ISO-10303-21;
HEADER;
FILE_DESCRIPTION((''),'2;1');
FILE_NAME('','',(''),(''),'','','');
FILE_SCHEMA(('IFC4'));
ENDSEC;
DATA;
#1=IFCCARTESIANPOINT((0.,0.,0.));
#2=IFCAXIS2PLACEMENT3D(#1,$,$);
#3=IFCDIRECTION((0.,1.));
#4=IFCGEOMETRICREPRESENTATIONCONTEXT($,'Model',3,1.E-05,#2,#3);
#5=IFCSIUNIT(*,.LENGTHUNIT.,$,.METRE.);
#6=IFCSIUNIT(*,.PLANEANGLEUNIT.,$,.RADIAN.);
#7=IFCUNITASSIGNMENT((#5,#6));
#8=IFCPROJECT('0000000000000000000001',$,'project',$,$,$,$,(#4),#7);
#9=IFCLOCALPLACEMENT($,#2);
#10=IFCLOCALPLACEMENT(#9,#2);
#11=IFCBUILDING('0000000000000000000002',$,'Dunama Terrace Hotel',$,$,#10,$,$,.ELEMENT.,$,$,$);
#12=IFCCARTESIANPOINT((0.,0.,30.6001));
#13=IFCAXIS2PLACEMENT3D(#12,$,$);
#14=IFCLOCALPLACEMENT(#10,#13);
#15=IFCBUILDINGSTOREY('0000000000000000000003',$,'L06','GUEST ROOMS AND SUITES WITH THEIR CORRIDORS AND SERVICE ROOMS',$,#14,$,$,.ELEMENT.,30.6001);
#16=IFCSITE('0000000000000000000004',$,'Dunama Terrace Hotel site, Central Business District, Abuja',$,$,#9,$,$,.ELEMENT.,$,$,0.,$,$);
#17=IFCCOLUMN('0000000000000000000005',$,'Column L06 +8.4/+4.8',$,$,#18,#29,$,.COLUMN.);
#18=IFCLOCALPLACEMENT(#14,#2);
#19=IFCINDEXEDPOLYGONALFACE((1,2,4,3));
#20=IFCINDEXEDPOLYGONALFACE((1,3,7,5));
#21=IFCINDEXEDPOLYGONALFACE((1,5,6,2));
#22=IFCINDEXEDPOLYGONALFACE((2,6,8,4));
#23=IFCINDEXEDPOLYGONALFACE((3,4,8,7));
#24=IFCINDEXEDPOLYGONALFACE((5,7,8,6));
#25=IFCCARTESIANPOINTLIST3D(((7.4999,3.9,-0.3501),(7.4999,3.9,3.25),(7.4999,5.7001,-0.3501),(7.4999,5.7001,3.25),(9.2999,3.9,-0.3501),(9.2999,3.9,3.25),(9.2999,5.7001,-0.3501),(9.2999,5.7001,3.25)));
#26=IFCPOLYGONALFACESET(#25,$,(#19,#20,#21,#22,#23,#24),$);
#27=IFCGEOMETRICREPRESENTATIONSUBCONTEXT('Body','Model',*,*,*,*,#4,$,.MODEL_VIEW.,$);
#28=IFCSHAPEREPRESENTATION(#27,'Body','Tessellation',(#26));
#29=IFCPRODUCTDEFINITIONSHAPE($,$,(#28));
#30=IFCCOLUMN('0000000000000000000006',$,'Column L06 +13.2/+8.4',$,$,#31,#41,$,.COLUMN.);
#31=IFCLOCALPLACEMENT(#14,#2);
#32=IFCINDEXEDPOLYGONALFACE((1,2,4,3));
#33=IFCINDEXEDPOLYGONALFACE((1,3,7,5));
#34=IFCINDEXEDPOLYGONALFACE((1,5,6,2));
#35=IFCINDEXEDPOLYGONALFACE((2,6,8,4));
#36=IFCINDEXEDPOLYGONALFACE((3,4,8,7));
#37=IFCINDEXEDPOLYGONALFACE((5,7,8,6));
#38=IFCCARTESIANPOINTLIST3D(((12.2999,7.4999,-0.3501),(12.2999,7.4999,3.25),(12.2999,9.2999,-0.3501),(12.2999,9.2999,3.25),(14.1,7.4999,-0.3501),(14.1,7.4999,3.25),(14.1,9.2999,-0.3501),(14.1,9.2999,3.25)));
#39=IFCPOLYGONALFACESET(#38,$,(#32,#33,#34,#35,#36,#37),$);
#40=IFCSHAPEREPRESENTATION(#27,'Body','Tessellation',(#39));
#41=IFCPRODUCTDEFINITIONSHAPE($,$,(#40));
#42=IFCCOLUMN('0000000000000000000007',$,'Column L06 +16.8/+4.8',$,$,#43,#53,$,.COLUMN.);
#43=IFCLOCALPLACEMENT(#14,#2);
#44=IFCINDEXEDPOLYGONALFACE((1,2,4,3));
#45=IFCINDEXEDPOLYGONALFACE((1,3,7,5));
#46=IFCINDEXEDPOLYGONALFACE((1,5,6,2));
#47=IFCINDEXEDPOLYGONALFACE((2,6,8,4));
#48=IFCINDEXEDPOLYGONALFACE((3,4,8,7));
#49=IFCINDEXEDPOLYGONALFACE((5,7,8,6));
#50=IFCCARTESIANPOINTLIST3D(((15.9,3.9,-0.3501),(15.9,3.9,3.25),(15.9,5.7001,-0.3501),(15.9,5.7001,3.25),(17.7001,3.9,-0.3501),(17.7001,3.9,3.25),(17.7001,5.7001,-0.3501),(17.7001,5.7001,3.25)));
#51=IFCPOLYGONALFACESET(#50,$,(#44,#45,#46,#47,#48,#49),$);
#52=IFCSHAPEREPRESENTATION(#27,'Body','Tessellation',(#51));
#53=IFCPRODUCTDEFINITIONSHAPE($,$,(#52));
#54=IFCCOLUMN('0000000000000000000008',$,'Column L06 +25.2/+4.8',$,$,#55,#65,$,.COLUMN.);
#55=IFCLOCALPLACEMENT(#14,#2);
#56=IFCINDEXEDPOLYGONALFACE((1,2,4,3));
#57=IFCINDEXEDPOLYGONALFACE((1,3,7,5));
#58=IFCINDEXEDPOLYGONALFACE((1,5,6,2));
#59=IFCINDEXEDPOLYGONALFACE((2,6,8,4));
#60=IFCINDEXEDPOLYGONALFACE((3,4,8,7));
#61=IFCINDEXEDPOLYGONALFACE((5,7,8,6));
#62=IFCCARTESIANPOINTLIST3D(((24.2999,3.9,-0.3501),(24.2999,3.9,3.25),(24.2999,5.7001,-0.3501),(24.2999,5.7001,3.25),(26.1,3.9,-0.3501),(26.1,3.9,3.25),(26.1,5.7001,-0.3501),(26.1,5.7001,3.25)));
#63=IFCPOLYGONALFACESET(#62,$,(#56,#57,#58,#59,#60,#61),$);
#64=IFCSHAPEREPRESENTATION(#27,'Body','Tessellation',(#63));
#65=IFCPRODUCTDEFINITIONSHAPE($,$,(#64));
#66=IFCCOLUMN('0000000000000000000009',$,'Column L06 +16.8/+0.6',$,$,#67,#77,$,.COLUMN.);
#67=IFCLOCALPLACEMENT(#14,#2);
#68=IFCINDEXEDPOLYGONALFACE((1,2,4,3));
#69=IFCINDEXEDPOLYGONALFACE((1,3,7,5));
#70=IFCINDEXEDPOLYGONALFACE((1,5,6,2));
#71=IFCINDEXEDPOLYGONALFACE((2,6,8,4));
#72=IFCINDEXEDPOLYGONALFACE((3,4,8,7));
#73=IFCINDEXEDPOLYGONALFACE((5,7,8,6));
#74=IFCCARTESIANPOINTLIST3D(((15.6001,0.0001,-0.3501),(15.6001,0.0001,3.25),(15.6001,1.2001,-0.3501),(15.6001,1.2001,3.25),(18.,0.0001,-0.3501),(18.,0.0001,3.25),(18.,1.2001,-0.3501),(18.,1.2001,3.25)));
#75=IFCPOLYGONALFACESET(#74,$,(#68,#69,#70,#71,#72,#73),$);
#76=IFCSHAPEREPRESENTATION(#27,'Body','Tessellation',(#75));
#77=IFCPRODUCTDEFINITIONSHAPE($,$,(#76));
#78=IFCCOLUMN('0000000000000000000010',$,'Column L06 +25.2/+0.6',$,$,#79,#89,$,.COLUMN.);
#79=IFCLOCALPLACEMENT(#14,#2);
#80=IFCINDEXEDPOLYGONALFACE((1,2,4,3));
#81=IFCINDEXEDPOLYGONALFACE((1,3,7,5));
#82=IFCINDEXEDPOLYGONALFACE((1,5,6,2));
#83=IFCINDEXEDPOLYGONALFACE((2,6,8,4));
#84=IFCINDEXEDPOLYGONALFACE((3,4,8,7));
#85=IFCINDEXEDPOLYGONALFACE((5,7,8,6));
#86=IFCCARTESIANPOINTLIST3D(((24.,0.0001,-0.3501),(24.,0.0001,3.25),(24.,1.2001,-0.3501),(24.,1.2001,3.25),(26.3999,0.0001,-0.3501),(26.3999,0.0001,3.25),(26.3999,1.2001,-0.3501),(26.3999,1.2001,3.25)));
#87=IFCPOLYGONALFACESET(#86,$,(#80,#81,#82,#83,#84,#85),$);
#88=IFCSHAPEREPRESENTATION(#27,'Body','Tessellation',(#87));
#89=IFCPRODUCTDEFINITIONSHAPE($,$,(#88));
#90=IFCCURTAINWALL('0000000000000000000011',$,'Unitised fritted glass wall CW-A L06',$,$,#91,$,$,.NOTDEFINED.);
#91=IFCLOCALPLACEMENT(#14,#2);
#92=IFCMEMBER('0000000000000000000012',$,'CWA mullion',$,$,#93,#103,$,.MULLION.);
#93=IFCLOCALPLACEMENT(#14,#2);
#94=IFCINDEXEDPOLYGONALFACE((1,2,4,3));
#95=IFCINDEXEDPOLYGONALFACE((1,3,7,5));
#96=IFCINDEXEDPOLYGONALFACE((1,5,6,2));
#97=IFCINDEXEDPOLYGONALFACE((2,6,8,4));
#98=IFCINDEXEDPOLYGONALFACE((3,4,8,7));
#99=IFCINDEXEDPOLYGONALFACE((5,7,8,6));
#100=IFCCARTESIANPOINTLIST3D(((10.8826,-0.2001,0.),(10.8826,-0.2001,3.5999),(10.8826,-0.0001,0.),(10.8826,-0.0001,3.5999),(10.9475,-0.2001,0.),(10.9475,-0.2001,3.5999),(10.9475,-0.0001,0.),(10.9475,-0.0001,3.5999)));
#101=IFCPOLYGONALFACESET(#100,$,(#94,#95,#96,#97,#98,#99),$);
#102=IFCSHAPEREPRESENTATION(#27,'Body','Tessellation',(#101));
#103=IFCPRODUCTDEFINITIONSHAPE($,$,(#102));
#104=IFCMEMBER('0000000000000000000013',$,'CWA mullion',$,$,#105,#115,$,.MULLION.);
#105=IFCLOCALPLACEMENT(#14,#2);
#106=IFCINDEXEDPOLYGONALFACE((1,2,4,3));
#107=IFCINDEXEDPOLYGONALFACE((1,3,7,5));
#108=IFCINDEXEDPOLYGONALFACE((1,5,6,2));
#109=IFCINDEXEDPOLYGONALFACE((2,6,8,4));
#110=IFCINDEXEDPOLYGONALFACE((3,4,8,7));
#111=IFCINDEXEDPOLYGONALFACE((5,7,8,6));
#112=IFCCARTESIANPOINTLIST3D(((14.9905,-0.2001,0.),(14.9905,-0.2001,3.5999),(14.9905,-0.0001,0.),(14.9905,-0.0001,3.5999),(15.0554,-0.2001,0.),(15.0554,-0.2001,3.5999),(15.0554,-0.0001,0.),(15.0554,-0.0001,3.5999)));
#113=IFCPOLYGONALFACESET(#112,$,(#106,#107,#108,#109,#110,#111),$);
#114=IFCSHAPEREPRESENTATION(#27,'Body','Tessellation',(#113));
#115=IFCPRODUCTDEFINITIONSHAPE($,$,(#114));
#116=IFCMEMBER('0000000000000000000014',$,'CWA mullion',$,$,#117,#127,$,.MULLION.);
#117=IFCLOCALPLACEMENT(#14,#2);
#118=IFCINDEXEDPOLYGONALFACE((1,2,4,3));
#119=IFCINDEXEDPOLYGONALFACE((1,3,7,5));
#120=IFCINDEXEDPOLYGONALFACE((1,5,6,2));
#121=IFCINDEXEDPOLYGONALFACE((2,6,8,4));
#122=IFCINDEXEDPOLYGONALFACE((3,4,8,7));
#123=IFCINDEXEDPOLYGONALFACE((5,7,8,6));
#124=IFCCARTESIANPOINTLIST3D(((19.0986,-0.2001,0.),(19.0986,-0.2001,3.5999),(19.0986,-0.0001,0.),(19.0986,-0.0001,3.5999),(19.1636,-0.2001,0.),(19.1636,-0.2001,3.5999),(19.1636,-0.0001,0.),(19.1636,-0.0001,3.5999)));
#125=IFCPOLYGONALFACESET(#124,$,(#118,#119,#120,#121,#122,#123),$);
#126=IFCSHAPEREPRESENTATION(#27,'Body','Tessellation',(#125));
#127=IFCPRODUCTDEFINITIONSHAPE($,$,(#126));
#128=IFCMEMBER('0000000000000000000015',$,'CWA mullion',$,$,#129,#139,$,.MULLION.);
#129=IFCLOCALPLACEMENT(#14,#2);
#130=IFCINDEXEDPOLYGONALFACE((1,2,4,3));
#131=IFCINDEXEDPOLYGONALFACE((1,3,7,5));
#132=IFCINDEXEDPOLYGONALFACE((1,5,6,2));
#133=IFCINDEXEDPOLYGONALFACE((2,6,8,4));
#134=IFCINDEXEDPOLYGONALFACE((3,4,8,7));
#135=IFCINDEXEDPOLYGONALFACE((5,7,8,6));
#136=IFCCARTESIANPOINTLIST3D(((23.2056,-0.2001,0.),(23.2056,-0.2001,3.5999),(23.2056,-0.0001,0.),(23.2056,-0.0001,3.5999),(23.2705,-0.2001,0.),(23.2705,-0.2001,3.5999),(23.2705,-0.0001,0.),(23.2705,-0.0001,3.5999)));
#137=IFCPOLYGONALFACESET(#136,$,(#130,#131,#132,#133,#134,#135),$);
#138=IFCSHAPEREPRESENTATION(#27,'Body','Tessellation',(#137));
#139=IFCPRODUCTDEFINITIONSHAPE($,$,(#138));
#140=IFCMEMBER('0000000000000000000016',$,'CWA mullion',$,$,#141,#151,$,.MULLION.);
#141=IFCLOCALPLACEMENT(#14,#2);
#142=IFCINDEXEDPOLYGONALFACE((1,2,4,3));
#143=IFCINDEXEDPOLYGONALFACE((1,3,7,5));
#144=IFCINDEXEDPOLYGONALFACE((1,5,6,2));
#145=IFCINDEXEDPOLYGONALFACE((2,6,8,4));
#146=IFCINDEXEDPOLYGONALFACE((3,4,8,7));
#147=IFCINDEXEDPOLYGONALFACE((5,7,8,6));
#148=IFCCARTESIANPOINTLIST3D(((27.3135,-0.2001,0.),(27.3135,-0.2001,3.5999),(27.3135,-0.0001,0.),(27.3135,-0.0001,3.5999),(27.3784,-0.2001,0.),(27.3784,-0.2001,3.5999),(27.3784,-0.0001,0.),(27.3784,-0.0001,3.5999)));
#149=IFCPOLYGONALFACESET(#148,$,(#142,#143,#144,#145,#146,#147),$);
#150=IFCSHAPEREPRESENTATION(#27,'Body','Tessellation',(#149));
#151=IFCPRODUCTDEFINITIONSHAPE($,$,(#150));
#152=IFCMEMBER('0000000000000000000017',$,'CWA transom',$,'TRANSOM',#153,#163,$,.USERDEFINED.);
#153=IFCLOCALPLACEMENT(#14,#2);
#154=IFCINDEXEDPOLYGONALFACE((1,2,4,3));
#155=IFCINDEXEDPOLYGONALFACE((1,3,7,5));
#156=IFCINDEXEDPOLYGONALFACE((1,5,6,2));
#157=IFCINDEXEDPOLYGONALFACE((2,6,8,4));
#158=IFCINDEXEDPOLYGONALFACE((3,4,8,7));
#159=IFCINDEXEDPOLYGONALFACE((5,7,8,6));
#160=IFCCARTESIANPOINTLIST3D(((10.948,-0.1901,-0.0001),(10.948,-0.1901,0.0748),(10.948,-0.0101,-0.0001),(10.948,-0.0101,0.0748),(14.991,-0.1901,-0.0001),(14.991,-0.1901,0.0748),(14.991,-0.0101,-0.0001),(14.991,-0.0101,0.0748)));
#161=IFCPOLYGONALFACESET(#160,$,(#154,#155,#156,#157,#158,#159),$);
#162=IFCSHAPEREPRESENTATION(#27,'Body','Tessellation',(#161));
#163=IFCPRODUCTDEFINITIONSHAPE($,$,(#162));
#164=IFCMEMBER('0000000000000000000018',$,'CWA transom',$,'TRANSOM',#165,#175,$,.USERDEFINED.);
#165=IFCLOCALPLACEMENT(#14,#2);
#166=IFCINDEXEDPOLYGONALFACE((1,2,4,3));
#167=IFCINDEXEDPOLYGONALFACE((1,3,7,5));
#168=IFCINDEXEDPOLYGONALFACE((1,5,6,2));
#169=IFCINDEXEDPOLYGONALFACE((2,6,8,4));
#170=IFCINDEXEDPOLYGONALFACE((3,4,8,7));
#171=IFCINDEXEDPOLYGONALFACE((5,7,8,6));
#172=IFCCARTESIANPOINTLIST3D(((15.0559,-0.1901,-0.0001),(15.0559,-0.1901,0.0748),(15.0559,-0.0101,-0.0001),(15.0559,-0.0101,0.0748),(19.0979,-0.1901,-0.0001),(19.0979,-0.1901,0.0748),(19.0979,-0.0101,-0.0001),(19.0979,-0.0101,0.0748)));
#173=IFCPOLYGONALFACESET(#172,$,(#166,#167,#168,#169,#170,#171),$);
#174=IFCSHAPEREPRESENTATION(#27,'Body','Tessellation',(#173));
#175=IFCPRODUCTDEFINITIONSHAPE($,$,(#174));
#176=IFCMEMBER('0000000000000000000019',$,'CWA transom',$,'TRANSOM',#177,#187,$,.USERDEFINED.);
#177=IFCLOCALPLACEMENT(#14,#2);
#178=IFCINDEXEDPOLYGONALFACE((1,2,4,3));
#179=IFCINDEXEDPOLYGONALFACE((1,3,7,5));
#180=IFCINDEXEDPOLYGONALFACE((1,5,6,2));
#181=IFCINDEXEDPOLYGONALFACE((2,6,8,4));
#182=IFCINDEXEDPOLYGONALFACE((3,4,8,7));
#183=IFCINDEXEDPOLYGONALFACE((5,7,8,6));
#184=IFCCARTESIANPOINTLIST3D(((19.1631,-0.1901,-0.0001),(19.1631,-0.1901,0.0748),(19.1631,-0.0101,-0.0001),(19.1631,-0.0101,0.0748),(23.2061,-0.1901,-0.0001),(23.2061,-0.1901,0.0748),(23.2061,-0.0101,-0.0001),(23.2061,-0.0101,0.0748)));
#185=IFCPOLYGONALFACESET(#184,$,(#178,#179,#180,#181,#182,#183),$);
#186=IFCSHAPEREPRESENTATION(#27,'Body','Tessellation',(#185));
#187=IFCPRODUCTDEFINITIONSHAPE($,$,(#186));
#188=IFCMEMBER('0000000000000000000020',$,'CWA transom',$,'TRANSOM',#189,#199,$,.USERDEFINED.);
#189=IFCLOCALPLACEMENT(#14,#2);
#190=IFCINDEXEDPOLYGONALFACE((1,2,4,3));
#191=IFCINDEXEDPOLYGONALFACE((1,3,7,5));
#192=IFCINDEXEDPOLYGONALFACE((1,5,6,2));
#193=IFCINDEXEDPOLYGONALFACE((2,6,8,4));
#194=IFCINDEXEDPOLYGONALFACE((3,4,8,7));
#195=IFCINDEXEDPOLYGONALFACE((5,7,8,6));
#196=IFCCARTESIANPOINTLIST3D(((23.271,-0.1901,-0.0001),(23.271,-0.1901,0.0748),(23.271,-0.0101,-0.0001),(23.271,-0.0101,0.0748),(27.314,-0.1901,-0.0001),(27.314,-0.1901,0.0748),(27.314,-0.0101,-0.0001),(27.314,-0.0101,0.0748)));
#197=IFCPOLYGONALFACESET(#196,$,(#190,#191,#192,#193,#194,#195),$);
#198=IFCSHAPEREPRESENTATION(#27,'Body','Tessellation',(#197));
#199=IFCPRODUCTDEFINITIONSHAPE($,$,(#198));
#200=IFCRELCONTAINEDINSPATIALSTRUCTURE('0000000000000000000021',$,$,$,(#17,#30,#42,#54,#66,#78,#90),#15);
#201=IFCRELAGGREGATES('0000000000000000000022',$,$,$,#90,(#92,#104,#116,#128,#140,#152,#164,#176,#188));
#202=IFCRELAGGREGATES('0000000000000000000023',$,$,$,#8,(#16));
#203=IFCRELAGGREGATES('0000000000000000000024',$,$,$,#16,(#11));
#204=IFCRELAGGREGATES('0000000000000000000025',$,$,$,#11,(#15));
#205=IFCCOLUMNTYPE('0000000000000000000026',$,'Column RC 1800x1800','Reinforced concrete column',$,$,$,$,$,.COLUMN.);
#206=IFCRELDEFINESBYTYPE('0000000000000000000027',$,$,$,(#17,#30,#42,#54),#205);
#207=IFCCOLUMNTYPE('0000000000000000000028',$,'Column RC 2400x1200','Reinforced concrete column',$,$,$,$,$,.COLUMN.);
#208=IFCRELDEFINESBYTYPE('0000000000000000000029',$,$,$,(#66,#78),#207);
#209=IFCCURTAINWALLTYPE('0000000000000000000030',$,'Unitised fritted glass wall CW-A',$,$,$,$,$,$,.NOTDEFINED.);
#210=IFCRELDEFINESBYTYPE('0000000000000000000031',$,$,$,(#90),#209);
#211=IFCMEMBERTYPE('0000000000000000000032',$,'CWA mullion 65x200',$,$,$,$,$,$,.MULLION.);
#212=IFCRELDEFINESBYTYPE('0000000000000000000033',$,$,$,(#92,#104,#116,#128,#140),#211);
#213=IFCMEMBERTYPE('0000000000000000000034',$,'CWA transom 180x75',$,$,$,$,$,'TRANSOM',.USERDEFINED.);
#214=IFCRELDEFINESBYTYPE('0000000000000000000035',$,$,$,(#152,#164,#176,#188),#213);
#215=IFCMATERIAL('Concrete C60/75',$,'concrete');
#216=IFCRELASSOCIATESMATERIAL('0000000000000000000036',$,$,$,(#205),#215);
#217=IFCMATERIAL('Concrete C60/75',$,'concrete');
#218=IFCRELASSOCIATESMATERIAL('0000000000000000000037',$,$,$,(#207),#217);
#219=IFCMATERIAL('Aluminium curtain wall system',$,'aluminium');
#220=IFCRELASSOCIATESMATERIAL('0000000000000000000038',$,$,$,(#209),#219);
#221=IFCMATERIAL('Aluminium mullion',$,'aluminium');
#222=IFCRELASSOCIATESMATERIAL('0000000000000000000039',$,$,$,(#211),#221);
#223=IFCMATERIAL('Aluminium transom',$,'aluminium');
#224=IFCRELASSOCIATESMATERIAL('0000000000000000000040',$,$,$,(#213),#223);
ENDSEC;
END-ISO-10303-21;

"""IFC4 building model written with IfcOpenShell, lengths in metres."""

from ifc_helpers import new_model, si_unit, direction, frame, origin, origin_2d, place, context, subcontext, project, spatial, rectangle, extrude, material, material_profile, profile_set, type_object, element, aggregate, save


model = new_model("IFC4")

# Units and contexts
model_context = context("Model", 3, precision=1e-05, world=origin(), true_north=direction((0.0, 1.0)))
body_context = subcontext(model_context, "Body", "Model", "MODEL_VIEW")
ifc_project = project(units=[si_unit("LENGTHUNIT", "METRE"), si_unit("PLANEANGLEUNIT", "RADIAN")], contexts=[model_context])

# Site, building, storey
site_placement = place(None, origin())
site = spatial("IfcSite", under=ifc_project, at=site_placement, Name="Dunama Terrace Hotel site, Central Business District, Abuja", CompositionType="ELEMENT", RefElevation=0.0)
building_placement = place(site_placement, origin())
building = spatial("IfcBuilding", under=site, at=building_placement, Name="Dunama Terrace Hotel", CompositionType="ELEMENT")
storey_placement = place(building_placement, frame((0.0, 0.0, 30.6001)))
storey = spatial("IfcBuildingStorey", under=building, at=storey_placement, Name="L06", Description="GUEST ROOMS AND SUITES WITH THEIR CORRIDORS AND SERVICE ROOMS", CompositionType="ELEMENT", Elevation=30.6001)

# Columns
ifc_material_1 = material(Name="Concrete C60/75", Category="concrete")
ifc_material_profile_1 = material_profile(ifc_material_1, rectangle(XDim=1.8, YDim=1.8, at=origin_2d()), Name="RC 1800x1800")
ifc_profile_set_1 = profile_set([ifc_material_profile_1], Name="Concrete C60/75")
column_type_1 = type_object("IfcColumnType", Name="Column RC 1800x1800", Description="Reinforced concrete column", PredefinedType="COLUMN", material=ifc_profile_set_1)
for number, where, z_axis, x_axis, name in (
    (1, (8.3999, 4.8, -0.3501), (0.0, 0.0, 1.0), (1.0, 0.0, 0.0), "Column L06 +8.4/+4.8"),
    (2, (13.2, 8.3999, -0.3501), (0.0, 0.0, 1.0), (1.0, 0.0, 0.0), "Column L06 +13.2/+8.4"),
    (3, (16.8, 4.8, -0.3501), (0.0, 0.0, 1.0), (1.0, 0.0, 0.0), "Column L06 +16.8/+4.8"),
    (4, (25.2, 4.8, -0.3501), (0.0, 0.0, 1.0), (1.0, 0.0, 0.0), "Column L06 +25.2/+4.8"),
):
    element("IfcColumn", number, at=place(storey_placement, frame(where, z_axis=z_axis, x_axis=x_axis)), inside=storey, type_object=column_type_1, Name=name, PredefinedType="COLUMN", context=body_context, shape_type="SweptSolid", body=[
        extrude(rectangle(XDim=1.8, YDim=1.8, at=origin_2d()), origin(), (0.0, 0.0, 1.0), 3.6001),
    ])
ifc_material_2 = material(Name="Concrete C60/75", Category="concrete")
ifc_material_profile_2 = material_profile(ifc_material_2, rectangle(XDim=2.3999, YDim=1.2, at=origin_2d()), Name="RC 2400x1200")
ifc_profile_set_2 = profile_set([ifc_material_profile_2], Name="Concrete C60/75")
column_type_2 = type_object("IfcColumnType", Name="Column RC 2400x1200", Description="Reinforced concrete column", PredefinedType="COLUMN", material=ifc_profile_set_2)
for number, where, z_axis, x_axis, name in (
    (5, (16.8, 0.6001, -0.3501), (0.0, 0.0, 1.0), (1.0, 0.0, 0.0), "Column L06 +16.8/+0.6"),
    (6, (25.2, 0.6001, -0.3501), (0.0, 0.0, 1.0), (1.0, 0.0, 0.0), "Column L06 +25.2/+0.6"),
):
    element("IfcColumn", number, at=place(storey_placement, frame(where, z_axis=z_axis, x_axis=x_axis)), inside=storey, type_object=column_type_2, Name=name, PredefinedType="COLUMN", context=body_context, shape_type="SweptSolid", body=[
        extrude(rectangle(XDim=2.3999, YDim=1.2, at=origin_2d()), origin(), (0.0, 0.0, 1.0), 3.6001),
    ])

# Curtain wall, members
ifc_material_3 = material(Name="Aluminium curtain wall system", Category="aluminium")
curtain_wall_type = type_object("IfcCurtainWallType", Name="Unitised fritted glass wall CW-A", PredefinedType="NOTDEFINED", material=ifc_material_3)
curtain_wall_placement = place(storey_placement, origin())
curtain_wall = element("IfcCurtainWall", 7, at=curtain_wall_placement, inside=storey, type_object=curtain_wall_type, Name="Unitised fritted glass wall CW-A L06", PredefinedType="NOTDEFINED")
ifc_material_4 = material(Name="Aluminium mullion", Category="aluminium")
ifc_material_profile_3 = material_profile(ifc_material_4, rectangle(XDim=0.0649, YDim=0.2, at=origin_2d()), Name="CWA MULLION 65X200")
ifc_profile_set_3 = profile_set([ifc_material_profile_3], Name="Aluminium mullion")
member_type_1 = type_object("IfcMemberType", Name="CWA mullion 65x200", PredefinedType="MULLION", material=ifc_profile_set_3)
member_1_placement = place(storey_placement, frame((10.915, -0.1001, 0.0), z_axis=(0.0, 0.0, 1.0), x_axis=(1.0, 0.0, 0.0)))
member_1 = element("IfcMember", 8, at=member_1_placement, type_object=member_type_1, Name="CWA mullion", PredefinedType="MULLION", context=body_context, shape_type="SweptSolid", body=[
    extrude(rectangle(XDim=0.0649, YDim=0.2, at=origin_2d()), origin(), (0.0, 0.0, 1.0), 3.5999),
])
member_2_placement = place(storey_placement, frame((15.0229, -0.1001, 0.0), z_axis=(0.0, 0.0, 1.0), x_axis=(1.0, 0.0, 0.0)))
member_2 = element("IfcMember", 9, at=member_2_placement, type_object=member_type_1, Name="CWA mullion", PredefinedType="MULLION", context=body_context, shape_type="SweptSolid", body=[
    extrude(rectangle(XDim=0.0649, YDim=0.2, at=origin_2d()), origin(), (0.0, 0.0, 1.0), 3.5999),
])
member_3_placement = place(storey_placement, frame((19.1311, -0.1001, 0.0), z_axis=(0.0, 0.0, 1.0), x_axis=(1.0, 0.0, 0.0)))
member_3 = element("IfcMember", 10, at=member_3_placement, type_object=member_type_1, Name="CWA mullion", PredefinedType="MULLION", context=body_context, shape_type="SweptSolid", body=[
    extrude(rectangle(XDim=0.0649, YDim=0.2, at=origin_2d()), origin(), (0.0, 0.0, 1.0), 3.5999),
])
member_4_placement = place(storey_placement, frame((23.238, -0.1001, 0.0), z_axis=(0.0, 0.0, 1.0), x_axis=(1.0, 0.0, 0.0)))
member_4 = element("IfcMember", 11, at=member_4_placement, type_object=member_type_1, Name="CWA mullion", PredefinedType="MULLION", context=body_context, shape_type="SweptSolid", body=[
    extrude(rectangle(XDim=0.0649, YDim=0.2, at=origin_2d()), origin(), (0.0, 0.0, 1.0), 3.5999),
])
member_5_placement = place(storey_placement, frame((27.3459, -0.1001, 0.0), z_axis=(0.0, 0.0, 1.0), x_axis=(1.0, 0.0, 0.0)))
member_5 = element("IfcMember", 12, at=member_5_placement, type_object=member_type_1, Name="CWA mullion", PredefinedType="MULLION", context=body_context, shape_type="SweptSolid", body=[
    extrude(rectangle(XDim=0.0649, YDim=0.2, at=origin_2d()), origin(), (0.0, 0.0, 1.0), 3.5999),
])
ifc_material_5 = material(Name="Aluminium transom", Category="aluminium")
ifc_material_profile_4 = material_profile(ifc_material_5, rectangle(XDim=0.1799, YDim=0.075, at=origin_2d()), Name="CWA TRANSOM 180X75")
ifc_profile_set_4 = profile_set([ifc_material_profile_4], Name="Aluminium transom")
member_type_2 = type_object("IfcMemberType", Name="CWA transom 180x75", ElementType="TRANSOM", PredefinedType="USERDEFINED", material=ifc_profile_set_4)
member_6_placement = place(storey_placement, frame((10.948, -0.1001, 0.0374), z_axis=(1.0, 0.0, 0.0), x_axis=(0.0, 1.0, 0.0)))
member_6 = element("IfcMember", 13, at=member_6_placement, type_object=member_type_2, Name="CWA transom", ObjectType="TRANSOM", PredefinedType="USERDEFINED", context=body_context, shape_type="SweptSolid", body=[
    extrude(rectangle(XDim=0.1799, YDim=0.075, at=origin_2d()), origin(), (0.0, 0.0, 1.0), 4.043),
])
member_7_placement = place(storey_placement, frame((15.0559, -0.1001, 0.0374), z_axis=(1.0, 0.0, 0.0), x_axis=(0.0, 1.0, 0.0)))
member_7 = element("IfcMember", 14, at=member_7_placement, type_object=member_type_2, Name="CWA transom", ObjectType="TRANSOM", PredefinedType="USERDEFINED", context=body_context, shape_type="SweptSolid", body=[
    extrude(rectangle(XDim=0.1799, YDim=0.075, at=origin_2d()), origin(), (0.0, 0.0, 1.0), 4.042),
])
member_8_placement = place(storey_placement, frame((19.1631, -0.1001, 0.0374), z_axis=(1.0, 0.0, 0.0), x_axis=(0.0, 1.0, 0.0)))
member_8 = element("IfcMember", 15, at=member_8_placement, type_object=member_type_2, Name="CWA transom", ObjectType="TRANSOM", PredefinedType="USERDEFINED", context=body_context, shape_type="SweptSolid", body=[
    extrude(rectangle(XDim=0.1799, YDim=0.075, at=origin_2d()), origin(), (0.0, 0.0, 1.0), 4.043),
])
member_9_placement = place(storey_placement, frame((23.271, -0.1001, 0.0374), z_axis=(1.0, 0.0, 0.0), x_axis=(0.0, 1.0, 0.0)))
member_9 = element("IfcMember", 16, at=member_9_placement, type_object=member_type_2, Name="CWA transom", ObjectType="TRANSOM", PredefinedType="USERDEFINED", context=body_context, shape_type="SweptSolid", body=[
    extrude(rectangle(XDim=0.1799, YDim=0.075, at=origin_2d()), origin(), (0.0, 0.0, 1.0), 4.043),
])

aggregate(curtain_wall, [member_1, member_2, member_3, member_4, member_5, member_6, member_7, member_8, member_9])

save(model, "model.ifc")
